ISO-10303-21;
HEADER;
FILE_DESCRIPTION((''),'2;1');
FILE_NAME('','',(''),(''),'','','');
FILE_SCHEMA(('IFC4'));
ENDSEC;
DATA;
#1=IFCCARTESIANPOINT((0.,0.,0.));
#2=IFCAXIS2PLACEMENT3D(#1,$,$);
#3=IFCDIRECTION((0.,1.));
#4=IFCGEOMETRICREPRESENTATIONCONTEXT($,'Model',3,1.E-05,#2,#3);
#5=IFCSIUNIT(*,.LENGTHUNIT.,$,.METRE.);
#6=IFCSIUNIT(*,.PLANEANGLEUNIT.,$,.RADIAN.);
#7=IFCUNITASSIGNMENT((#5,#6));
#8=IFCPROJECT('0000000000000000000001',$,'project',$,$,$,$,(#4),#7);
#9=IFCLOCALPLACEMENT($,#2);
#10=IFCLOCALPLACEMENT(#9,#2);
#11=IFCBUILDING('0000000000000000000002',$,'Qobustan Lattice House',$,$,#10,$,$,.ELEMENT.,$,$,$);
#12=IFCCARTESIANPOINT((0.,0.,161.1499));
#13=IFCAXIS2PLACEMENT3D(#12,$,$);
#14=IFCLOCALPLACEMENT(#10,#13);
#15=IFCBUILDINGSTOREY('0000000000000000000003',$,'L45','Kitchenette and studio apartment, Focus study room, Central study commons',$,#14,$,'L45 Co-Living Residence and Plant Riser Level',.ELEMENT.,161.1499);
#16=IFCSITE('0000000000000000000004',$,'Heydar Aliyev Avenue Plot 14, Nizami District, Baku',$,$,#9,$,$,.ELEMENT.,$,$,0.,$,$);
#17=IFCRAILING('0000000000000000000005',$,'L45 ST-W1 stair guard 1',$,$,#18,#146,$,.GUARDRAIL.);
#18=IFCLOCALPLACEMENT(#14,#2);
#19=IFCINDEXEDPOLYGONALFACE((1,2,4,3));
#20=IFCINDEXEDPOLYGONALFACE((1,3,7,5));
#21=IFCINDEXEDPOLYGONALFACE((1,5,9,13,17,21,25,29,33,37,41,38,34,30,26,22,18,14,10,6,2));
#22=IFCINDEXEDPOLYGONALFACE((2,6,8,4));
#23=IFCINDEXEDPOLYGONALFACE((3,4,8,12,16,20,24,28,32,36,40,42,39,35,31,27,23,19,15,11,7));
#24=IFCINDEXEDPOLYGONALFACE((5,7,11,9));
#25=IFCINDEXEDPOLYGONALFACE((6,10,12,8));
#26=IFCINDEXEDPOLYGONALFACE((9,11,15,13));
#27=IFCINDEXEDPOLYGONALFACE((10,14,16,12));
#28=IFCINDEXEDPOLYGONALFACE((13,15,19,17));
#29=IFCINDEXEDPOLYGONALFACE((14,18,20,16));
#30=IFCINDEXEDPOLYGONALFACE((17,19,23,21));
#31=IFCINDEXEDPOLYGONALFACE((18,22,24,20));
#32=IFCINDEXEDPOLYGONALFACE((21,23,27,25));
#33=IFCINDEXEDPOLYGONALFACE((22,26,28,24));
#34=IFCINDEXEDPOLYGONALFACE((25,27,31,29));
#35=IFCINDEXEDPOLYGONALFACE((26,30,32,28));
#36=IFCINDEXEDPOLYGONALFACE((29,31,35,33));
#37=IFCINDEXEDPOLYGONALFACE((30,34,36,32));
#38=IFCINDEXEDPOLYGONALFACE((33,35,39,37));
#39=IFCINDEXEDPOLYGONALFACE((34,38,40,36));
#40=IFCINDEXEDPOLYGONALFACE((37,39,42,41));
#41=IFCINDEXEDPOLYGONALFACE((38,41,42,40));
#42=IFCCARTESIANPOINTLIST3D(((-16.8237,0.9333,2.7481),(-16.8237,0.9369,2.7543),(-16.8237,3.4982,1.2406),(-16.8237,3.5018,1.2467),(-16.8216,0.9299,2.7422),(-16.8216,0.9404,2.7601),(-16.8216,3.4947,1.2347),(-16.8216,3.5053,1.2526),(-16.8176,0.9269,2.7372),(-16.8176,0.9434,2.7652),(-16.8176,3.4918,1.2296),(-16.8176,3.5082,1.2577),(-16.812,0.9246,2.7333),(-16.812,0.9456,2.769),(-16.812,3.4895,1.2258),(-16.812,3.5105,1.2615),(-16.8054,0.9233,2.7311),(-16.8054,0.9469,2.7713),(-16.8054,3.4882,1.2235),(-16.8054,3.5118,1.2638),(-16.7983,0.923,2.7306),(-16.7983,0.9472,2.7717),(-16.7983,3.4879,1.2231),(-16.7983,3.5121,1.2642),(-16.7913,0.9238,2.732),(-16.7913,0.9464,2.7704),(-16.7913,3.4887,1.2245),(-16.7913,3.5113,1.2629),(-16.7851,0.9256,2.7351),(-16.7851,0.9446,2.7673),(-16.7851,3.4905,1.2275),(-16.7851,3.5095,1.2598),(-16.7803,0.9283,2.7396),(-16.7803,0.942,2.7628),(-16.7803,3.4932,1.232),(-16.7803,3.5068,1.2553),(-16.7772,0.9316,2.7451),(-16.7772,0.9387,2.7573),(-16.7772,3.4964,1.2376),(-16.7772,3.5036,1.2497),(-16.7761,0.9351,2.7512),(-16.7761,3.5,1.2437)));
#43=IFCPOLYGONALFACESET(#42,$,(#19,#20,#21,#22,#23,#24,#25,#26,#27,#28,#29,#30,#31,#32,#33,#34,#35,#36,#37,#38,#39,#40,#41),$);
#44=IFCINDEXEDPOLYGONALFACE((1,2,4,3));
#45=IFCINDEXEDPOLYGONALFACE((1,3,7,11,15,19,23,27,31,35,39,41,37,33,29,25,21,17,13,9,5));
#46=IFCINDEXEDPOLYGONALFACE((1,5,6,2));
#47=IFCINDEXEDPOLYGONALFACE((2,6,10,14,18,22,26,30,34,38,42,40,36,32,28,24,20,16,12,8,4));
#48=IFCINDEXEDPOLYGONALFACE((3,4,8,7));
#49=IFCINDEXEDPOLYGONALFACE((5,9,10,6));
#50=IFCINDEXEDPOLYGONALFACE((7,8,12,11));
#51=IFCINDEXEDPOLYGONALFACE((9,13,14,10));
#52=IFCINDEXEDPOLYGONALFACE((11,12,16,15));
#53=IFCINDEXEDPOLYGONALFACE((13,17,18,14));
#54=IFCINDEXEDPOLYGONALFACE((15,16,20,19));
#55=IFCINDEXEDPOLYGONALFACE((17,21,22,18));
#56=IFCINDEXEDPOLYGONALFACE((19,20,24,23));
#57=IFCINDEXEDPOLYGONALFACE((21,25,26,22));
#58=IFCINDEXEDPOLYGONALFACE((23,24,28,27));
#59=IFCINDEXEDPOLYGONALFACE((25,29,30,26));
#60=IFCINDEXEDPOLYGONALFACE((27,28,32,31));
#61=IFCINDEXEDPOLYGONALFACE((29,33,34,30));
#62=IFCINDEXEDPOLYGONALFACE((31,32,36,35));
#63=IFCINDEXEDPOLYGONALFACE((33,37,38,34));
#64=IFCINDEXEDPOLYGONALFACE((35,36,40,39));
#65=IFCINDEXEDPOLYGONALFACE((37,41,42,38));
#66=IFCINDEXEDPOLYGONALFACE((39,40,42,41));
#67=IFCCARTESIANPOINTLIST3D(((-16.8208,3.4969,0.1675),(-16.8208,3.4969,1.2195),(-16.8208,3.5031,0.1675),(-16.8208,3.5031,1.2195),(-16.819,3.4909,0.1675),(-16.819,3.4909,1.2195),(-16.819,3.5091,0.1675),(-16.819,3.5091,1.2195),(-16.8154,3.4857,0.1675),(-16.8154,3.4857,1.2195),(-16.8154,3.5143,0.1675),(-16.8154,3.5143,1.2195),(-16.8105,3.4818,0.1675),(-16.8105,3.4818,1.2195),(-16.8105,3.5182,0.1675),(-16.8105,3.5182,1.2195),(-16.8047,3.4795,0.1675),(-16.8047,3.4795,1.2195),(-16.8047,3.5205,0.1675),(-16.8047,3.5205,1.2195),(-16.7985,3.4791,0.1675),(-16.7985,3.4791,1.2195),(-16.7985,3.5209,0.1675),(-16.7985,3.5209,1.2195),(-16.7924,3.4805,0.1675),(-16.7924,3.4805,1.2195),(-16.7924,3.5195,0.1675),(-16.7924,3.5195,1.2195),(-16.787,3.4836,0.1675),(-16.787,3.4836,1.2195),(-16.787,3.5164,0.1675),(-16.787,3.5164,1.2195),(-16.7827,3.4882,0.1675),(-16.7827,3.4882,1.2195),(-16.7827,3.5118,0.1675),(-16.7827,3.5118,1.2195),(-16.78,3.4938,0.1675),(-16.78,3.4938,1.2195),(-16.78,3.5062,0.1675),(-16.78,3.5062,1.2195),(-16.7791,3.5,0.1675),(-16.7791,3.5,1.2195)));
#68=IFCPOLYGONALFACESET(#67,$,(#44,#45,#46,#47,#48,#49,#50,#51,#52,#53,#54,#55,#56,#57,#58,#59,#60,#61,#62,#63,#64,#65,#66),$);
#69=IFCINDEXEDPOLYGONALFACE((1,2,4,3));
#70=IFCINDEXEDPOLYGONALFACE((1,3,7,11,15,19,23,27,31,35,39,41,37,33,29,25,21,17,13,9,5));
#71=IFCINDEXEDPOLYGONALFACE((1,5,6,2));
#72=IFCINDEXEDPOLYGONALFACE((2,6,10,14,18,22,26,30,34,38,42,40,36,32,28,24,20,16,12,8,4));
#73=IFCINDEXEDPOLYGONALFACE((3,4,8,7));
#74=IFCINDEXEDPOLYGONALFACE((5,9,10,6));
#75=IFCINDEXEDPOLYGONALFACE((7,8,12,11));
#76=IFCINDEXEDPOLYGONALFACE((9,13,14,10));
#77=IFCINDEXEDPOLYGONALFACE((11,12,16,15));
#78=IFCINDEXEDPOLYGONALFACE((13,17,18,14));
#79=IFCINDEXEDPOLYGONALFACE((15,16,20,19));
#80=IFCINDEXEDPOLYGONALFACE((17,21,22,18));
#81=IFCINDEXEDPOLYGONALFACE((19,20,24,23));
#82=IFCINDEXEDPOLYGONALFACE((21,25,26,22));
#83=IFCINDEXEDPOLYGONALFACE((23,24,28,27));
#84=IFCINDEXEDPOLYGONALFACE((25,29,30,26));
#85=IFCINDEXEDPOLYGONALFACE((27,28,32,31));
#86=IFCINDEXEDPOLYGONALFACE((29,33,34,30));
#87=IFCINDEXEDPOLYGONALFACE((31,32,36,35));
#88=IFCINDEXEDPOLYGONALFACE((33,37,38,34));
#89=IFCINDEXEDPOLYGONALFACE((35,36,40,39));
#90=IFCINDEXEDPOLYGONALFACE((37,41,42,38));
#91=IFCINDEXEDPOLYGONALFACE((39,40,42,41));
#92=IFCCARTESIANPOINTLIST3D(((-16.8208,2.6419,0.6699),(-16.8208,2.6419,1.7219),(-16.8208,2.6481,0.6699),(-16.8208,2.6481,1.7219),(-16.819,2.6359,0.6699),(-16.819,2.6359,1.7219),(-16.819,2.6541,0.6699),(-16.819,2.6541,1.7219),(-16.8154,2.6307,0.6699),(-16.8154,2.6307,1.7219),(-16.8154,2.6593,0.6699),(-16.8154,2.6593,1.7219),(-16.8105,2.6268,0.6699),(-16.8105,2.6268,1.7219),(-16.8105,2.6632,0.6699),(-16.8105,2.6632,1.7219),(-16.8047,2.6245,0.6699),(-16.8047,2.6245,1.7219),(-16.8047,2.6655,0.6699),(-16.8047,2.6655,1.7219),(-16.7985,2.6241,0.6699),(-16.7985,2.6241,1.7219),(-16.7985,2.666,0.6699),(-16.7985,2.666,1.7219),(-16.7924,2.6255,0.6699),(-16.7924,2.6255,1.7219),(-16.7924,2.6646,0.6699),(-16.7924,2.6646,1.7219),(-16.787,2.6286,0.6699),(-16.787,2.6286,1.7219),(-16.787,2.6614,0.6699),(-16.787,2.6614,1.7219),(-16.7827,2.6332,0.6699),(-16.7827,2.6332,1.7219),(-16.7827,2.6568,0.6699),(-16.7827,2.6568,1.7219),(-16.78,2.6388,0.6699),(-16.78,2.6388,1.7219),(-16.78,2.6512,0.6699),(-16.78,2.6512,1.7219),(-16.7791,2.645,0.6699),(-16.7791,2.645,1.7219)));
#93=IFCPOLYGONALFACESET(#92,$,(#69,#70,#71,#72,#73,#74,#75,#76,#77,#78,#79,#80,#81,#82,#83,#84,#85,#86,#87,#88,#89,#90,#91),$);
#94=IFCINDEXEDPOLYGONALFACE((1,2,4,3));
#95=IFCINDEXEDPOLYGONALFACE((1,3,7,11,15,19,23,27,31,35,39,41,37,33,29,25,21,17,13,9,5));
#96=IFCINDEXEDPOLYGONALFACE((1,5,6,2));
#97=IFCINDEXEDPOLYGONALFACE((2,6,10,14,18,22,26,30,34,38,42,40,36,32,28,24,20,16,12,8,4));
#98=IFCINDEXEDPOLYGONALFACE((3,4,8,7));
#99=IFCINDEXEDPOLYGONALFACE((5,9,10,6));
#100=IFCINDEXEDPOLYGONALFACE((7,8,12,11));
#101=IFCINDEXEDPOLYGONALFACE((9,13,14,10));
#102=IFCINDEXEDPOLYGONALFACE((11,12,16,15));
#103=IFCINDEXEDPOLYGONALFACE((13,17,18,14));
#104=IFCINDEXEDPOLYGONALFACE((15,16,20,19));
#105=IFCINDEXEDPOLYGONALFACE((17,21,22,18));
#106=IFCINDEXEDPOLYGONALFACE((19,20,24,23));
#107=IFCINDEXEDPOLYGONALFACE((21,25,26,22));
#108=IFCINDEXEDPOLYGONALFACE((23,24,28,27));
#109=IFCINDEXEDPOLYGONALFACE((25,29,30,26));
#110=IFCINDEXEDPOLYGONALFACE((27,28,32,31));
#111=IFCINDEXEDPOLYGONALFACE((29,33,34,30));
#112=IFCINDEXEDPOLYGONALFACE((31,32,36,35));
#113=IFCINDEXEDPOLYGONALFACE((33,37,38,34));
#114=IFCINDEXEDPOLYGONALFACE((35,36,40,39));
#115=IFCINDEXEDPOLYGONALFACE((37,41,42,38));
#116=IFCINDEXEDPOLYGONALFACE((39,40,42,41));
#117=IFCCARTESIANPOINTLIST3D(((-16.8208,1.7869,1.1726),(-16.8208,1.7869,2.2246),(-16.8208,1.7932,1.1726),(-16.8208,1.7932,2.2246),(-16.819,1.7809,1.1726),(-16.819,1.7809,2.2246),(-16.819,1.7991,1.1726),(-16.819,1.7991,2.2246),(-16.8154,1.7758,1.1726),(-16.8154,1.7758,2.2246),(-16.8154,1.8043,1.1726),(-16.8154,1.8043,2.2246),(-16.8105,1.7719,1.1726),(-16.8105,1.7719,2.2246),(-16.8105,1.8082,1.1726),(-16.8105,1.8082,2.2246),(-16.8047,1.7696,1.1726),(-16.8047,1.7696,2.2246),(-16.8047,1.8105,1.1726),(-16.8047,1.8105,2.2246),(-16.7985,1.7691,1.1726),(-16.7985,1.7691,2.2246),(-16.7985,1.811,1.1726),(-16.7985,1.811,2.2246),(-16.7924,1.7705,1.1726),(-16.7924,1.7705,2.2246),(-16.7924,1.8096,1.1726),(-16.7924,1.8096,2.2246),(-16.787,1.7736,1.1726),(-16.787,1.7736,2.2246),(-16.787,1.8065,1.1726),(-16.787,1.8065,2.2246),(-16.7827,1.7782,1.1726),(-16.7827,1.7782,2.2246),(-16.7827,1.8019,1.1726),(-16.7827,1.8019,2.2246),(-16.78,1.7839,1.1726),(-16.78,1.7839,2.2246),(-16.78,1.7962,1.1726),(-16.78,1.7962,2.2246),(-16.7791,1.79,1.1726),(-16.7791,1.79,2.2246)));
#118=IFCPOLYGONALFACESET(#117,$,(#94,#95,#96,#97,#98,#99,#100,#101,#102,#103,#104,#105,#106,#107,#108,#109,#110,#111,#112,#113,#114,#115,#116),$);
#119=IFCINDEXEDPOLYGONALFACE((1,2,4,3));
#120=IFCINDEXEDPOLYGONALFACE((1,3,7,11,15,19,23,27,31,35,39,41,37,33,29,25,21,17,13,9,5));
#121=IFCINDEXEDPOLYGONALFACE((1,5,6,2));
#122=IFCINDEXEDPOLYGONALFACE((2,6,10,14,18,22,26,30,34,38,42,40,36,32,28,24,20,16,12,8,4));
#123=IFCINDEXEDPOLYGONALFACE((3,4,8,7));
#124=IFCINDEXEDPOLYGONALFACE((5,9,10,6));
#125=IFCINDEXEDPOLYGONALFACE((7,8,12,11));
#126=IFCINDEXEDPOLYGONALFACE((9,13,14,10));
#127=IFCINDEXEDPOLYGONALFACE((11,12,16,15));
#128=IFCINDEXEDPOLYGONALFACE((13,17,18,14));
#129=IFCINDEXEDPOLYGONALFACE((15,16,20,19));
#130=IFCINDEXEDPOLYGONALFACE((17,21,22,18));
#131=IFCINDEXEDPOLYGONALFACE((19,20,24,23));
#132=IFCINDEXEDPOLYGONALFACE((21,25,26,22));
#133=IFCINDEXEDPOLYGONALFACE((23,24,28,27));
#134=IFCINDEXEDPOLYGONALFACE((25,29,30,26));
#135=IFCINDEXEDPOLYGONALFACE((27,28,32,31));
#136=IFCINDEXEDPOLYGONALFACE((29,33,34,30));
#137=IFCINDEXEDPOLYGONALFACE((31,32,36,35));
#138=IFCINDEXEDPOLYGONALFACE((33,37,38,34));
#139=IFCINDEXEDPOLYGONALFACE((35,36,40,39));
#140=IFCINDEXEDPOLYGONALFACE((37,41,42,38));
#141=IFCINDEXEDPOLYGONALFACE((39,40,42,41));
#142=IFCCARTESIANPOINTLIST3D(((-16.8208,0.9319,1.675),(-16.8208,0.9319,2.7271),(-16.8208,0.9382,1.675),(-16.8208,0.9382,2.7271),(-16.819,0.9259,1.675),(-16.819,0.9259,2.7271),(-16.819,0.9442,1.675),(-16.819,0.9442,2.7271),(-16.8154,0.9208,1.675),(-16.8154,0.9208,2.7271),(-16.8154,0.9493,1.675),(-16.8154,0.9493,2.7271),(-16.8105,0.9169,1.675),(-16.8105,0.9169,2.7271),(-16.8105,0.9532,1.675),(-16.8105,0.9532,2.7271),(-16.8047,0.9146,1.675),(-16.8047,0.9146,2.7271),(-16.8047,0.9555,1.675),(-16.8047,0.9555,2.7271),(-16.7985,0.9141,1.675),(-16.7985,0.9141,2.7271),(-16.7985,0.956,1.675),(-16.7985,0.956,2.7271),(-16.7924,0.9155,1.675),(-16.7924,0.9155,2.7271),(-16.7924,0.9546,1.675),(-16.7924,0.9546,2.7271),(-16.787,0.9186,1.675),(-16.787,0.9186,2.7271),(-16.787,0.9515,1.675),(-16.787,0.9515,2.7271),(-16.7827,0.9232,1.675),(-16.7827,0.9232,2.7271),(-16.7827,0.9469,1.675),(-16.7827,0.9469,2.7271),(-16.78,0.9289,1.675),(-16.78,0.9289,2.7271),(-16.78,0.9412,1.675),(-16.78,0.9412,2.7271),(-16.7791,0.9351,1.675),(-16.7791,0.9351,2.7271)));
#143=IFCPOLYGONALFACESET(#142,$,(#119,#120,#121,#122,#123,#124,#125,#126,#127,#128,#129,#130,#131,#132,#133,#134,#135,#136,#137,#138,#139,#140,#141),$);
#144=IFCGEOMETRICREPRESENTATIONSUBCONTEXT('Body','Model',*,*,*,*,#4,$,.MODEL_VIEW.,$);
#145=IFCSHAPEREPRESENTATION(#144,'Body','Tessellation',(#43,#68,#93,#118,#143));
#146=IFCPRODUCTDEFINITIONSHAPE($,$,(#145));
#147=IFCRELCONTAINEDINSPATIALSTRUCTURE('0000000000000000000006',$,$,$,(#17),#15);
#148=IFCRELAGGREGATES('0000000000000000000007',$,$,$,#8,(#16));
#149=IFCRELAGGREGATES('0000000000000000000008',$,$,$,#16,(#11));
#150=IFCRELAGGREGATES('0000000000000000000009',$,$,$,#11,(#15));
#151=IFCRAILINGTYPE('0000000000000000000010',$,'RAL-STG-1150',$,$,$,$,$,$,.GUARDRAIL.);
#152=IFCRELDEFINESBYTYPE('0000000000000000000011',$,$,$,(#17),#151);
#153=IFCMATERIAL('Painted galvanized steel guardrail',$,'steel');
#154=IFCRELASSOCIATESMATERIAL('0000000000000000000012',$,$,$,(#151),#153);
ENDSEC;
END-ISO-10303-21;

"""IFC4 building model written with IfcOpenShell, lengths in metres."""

from ifc_helpers import new_model, si_unit, direction, frame, origin, origin_2d, place, context, subcontext, project, spatial, circle, extrude, material, type_object, element, save


model = new_model("IFC4")

# Units and contexts
model_context = context("Model", 3, precision=1e-05, world=origin(), true_north=direction((0.0, 1.0)))
body_context = subcontext(model_context, "Body", "Model", "MODEL_VIEW")
ifc_project = project(units=[si_unit("LENGTHUNIT", "METRE"), si_unit("PLANEANGLEUNIT", "RADIAN")], contexts=[model_context])

# Site, building, storey
site_placement = place(None, origin())
site = spatial("IfcSite", under=ifc_project, at=site_placement, Name="Heydar Aliyev Avenue Plot 14, Nizami District, Baku", CompositionType="ELEMENT", RefElevation=0.0)
building_placement = place(site_placement, origin())
building = spatial("IfcBuilding", under=site, at=building_placement, Name="Qobustan Lattice House", CompositionType="ELEMENT")
storey_placement = place(building_placement, frame((0.0, 0.0, 161.1499)))
storey = spatial("IfcBuildingStorey", under=building, at=storey_placement, Name="L45", Description="Kitchenette and studio apartment, Focus study room, Central study commons", LongName="L45 Co-Living Residence and Plant Riser Level", CompositionType="ELEMENT", Elevation=161.1499)

# Railing
ifc_material_1 = material(Name="Painted galvanized steel guardrail", Category="steel")
railing_type_1 = type_object("IfcRailingType", Name="RAL-STG-1150", PredefinedType="GUARDRAIL", material=ifc_material_1)
railing_1_placement = place(storey_placement, frame((-16.8, 3.5, 0.1675)))
element("IfcRailing", 1, at=railing_1_placement, inside=storey, type_object=railing_type_1, Name="L45 ST-W1 stair guard 1", PredefinedType="GUARDRAIL", context=body_context, shape_type="SweptSolid", body=[
    extrude(circle(Radius=0.0239, at=origin_2d()), frame((0.0, 0.0, 1.0762), z_axis=(0.0, -0.862113, 0.506715), x_axis=(1.0, 0.0, 0.0)), (0.0, 0.0, 1.0), 2.9751),
    extrude(circle(Radius=0.021, at=origin_2d()), origin(), (0.0, 0.0, 1.0), 1.052),
    extrude(circle(Radius=0.021, at=origin_2d()), frame((0.0, -0.855, 0.5024)), (0.0, 0.0, 1.0), 1.052),
    extrude(circle(Radius=0.021, at=origin_2d()), frame((0.0, -1.71, 1.0051)), (0.0, 0.0, 1.0), 1.052),
    extrude(circle(Radius=0.021, at=origin_2d()), frame((0.0, -2.5649, 1.5076)), (0.0, 0.0, 1.0), 1.052),
])

save(model, "model.ifc")
